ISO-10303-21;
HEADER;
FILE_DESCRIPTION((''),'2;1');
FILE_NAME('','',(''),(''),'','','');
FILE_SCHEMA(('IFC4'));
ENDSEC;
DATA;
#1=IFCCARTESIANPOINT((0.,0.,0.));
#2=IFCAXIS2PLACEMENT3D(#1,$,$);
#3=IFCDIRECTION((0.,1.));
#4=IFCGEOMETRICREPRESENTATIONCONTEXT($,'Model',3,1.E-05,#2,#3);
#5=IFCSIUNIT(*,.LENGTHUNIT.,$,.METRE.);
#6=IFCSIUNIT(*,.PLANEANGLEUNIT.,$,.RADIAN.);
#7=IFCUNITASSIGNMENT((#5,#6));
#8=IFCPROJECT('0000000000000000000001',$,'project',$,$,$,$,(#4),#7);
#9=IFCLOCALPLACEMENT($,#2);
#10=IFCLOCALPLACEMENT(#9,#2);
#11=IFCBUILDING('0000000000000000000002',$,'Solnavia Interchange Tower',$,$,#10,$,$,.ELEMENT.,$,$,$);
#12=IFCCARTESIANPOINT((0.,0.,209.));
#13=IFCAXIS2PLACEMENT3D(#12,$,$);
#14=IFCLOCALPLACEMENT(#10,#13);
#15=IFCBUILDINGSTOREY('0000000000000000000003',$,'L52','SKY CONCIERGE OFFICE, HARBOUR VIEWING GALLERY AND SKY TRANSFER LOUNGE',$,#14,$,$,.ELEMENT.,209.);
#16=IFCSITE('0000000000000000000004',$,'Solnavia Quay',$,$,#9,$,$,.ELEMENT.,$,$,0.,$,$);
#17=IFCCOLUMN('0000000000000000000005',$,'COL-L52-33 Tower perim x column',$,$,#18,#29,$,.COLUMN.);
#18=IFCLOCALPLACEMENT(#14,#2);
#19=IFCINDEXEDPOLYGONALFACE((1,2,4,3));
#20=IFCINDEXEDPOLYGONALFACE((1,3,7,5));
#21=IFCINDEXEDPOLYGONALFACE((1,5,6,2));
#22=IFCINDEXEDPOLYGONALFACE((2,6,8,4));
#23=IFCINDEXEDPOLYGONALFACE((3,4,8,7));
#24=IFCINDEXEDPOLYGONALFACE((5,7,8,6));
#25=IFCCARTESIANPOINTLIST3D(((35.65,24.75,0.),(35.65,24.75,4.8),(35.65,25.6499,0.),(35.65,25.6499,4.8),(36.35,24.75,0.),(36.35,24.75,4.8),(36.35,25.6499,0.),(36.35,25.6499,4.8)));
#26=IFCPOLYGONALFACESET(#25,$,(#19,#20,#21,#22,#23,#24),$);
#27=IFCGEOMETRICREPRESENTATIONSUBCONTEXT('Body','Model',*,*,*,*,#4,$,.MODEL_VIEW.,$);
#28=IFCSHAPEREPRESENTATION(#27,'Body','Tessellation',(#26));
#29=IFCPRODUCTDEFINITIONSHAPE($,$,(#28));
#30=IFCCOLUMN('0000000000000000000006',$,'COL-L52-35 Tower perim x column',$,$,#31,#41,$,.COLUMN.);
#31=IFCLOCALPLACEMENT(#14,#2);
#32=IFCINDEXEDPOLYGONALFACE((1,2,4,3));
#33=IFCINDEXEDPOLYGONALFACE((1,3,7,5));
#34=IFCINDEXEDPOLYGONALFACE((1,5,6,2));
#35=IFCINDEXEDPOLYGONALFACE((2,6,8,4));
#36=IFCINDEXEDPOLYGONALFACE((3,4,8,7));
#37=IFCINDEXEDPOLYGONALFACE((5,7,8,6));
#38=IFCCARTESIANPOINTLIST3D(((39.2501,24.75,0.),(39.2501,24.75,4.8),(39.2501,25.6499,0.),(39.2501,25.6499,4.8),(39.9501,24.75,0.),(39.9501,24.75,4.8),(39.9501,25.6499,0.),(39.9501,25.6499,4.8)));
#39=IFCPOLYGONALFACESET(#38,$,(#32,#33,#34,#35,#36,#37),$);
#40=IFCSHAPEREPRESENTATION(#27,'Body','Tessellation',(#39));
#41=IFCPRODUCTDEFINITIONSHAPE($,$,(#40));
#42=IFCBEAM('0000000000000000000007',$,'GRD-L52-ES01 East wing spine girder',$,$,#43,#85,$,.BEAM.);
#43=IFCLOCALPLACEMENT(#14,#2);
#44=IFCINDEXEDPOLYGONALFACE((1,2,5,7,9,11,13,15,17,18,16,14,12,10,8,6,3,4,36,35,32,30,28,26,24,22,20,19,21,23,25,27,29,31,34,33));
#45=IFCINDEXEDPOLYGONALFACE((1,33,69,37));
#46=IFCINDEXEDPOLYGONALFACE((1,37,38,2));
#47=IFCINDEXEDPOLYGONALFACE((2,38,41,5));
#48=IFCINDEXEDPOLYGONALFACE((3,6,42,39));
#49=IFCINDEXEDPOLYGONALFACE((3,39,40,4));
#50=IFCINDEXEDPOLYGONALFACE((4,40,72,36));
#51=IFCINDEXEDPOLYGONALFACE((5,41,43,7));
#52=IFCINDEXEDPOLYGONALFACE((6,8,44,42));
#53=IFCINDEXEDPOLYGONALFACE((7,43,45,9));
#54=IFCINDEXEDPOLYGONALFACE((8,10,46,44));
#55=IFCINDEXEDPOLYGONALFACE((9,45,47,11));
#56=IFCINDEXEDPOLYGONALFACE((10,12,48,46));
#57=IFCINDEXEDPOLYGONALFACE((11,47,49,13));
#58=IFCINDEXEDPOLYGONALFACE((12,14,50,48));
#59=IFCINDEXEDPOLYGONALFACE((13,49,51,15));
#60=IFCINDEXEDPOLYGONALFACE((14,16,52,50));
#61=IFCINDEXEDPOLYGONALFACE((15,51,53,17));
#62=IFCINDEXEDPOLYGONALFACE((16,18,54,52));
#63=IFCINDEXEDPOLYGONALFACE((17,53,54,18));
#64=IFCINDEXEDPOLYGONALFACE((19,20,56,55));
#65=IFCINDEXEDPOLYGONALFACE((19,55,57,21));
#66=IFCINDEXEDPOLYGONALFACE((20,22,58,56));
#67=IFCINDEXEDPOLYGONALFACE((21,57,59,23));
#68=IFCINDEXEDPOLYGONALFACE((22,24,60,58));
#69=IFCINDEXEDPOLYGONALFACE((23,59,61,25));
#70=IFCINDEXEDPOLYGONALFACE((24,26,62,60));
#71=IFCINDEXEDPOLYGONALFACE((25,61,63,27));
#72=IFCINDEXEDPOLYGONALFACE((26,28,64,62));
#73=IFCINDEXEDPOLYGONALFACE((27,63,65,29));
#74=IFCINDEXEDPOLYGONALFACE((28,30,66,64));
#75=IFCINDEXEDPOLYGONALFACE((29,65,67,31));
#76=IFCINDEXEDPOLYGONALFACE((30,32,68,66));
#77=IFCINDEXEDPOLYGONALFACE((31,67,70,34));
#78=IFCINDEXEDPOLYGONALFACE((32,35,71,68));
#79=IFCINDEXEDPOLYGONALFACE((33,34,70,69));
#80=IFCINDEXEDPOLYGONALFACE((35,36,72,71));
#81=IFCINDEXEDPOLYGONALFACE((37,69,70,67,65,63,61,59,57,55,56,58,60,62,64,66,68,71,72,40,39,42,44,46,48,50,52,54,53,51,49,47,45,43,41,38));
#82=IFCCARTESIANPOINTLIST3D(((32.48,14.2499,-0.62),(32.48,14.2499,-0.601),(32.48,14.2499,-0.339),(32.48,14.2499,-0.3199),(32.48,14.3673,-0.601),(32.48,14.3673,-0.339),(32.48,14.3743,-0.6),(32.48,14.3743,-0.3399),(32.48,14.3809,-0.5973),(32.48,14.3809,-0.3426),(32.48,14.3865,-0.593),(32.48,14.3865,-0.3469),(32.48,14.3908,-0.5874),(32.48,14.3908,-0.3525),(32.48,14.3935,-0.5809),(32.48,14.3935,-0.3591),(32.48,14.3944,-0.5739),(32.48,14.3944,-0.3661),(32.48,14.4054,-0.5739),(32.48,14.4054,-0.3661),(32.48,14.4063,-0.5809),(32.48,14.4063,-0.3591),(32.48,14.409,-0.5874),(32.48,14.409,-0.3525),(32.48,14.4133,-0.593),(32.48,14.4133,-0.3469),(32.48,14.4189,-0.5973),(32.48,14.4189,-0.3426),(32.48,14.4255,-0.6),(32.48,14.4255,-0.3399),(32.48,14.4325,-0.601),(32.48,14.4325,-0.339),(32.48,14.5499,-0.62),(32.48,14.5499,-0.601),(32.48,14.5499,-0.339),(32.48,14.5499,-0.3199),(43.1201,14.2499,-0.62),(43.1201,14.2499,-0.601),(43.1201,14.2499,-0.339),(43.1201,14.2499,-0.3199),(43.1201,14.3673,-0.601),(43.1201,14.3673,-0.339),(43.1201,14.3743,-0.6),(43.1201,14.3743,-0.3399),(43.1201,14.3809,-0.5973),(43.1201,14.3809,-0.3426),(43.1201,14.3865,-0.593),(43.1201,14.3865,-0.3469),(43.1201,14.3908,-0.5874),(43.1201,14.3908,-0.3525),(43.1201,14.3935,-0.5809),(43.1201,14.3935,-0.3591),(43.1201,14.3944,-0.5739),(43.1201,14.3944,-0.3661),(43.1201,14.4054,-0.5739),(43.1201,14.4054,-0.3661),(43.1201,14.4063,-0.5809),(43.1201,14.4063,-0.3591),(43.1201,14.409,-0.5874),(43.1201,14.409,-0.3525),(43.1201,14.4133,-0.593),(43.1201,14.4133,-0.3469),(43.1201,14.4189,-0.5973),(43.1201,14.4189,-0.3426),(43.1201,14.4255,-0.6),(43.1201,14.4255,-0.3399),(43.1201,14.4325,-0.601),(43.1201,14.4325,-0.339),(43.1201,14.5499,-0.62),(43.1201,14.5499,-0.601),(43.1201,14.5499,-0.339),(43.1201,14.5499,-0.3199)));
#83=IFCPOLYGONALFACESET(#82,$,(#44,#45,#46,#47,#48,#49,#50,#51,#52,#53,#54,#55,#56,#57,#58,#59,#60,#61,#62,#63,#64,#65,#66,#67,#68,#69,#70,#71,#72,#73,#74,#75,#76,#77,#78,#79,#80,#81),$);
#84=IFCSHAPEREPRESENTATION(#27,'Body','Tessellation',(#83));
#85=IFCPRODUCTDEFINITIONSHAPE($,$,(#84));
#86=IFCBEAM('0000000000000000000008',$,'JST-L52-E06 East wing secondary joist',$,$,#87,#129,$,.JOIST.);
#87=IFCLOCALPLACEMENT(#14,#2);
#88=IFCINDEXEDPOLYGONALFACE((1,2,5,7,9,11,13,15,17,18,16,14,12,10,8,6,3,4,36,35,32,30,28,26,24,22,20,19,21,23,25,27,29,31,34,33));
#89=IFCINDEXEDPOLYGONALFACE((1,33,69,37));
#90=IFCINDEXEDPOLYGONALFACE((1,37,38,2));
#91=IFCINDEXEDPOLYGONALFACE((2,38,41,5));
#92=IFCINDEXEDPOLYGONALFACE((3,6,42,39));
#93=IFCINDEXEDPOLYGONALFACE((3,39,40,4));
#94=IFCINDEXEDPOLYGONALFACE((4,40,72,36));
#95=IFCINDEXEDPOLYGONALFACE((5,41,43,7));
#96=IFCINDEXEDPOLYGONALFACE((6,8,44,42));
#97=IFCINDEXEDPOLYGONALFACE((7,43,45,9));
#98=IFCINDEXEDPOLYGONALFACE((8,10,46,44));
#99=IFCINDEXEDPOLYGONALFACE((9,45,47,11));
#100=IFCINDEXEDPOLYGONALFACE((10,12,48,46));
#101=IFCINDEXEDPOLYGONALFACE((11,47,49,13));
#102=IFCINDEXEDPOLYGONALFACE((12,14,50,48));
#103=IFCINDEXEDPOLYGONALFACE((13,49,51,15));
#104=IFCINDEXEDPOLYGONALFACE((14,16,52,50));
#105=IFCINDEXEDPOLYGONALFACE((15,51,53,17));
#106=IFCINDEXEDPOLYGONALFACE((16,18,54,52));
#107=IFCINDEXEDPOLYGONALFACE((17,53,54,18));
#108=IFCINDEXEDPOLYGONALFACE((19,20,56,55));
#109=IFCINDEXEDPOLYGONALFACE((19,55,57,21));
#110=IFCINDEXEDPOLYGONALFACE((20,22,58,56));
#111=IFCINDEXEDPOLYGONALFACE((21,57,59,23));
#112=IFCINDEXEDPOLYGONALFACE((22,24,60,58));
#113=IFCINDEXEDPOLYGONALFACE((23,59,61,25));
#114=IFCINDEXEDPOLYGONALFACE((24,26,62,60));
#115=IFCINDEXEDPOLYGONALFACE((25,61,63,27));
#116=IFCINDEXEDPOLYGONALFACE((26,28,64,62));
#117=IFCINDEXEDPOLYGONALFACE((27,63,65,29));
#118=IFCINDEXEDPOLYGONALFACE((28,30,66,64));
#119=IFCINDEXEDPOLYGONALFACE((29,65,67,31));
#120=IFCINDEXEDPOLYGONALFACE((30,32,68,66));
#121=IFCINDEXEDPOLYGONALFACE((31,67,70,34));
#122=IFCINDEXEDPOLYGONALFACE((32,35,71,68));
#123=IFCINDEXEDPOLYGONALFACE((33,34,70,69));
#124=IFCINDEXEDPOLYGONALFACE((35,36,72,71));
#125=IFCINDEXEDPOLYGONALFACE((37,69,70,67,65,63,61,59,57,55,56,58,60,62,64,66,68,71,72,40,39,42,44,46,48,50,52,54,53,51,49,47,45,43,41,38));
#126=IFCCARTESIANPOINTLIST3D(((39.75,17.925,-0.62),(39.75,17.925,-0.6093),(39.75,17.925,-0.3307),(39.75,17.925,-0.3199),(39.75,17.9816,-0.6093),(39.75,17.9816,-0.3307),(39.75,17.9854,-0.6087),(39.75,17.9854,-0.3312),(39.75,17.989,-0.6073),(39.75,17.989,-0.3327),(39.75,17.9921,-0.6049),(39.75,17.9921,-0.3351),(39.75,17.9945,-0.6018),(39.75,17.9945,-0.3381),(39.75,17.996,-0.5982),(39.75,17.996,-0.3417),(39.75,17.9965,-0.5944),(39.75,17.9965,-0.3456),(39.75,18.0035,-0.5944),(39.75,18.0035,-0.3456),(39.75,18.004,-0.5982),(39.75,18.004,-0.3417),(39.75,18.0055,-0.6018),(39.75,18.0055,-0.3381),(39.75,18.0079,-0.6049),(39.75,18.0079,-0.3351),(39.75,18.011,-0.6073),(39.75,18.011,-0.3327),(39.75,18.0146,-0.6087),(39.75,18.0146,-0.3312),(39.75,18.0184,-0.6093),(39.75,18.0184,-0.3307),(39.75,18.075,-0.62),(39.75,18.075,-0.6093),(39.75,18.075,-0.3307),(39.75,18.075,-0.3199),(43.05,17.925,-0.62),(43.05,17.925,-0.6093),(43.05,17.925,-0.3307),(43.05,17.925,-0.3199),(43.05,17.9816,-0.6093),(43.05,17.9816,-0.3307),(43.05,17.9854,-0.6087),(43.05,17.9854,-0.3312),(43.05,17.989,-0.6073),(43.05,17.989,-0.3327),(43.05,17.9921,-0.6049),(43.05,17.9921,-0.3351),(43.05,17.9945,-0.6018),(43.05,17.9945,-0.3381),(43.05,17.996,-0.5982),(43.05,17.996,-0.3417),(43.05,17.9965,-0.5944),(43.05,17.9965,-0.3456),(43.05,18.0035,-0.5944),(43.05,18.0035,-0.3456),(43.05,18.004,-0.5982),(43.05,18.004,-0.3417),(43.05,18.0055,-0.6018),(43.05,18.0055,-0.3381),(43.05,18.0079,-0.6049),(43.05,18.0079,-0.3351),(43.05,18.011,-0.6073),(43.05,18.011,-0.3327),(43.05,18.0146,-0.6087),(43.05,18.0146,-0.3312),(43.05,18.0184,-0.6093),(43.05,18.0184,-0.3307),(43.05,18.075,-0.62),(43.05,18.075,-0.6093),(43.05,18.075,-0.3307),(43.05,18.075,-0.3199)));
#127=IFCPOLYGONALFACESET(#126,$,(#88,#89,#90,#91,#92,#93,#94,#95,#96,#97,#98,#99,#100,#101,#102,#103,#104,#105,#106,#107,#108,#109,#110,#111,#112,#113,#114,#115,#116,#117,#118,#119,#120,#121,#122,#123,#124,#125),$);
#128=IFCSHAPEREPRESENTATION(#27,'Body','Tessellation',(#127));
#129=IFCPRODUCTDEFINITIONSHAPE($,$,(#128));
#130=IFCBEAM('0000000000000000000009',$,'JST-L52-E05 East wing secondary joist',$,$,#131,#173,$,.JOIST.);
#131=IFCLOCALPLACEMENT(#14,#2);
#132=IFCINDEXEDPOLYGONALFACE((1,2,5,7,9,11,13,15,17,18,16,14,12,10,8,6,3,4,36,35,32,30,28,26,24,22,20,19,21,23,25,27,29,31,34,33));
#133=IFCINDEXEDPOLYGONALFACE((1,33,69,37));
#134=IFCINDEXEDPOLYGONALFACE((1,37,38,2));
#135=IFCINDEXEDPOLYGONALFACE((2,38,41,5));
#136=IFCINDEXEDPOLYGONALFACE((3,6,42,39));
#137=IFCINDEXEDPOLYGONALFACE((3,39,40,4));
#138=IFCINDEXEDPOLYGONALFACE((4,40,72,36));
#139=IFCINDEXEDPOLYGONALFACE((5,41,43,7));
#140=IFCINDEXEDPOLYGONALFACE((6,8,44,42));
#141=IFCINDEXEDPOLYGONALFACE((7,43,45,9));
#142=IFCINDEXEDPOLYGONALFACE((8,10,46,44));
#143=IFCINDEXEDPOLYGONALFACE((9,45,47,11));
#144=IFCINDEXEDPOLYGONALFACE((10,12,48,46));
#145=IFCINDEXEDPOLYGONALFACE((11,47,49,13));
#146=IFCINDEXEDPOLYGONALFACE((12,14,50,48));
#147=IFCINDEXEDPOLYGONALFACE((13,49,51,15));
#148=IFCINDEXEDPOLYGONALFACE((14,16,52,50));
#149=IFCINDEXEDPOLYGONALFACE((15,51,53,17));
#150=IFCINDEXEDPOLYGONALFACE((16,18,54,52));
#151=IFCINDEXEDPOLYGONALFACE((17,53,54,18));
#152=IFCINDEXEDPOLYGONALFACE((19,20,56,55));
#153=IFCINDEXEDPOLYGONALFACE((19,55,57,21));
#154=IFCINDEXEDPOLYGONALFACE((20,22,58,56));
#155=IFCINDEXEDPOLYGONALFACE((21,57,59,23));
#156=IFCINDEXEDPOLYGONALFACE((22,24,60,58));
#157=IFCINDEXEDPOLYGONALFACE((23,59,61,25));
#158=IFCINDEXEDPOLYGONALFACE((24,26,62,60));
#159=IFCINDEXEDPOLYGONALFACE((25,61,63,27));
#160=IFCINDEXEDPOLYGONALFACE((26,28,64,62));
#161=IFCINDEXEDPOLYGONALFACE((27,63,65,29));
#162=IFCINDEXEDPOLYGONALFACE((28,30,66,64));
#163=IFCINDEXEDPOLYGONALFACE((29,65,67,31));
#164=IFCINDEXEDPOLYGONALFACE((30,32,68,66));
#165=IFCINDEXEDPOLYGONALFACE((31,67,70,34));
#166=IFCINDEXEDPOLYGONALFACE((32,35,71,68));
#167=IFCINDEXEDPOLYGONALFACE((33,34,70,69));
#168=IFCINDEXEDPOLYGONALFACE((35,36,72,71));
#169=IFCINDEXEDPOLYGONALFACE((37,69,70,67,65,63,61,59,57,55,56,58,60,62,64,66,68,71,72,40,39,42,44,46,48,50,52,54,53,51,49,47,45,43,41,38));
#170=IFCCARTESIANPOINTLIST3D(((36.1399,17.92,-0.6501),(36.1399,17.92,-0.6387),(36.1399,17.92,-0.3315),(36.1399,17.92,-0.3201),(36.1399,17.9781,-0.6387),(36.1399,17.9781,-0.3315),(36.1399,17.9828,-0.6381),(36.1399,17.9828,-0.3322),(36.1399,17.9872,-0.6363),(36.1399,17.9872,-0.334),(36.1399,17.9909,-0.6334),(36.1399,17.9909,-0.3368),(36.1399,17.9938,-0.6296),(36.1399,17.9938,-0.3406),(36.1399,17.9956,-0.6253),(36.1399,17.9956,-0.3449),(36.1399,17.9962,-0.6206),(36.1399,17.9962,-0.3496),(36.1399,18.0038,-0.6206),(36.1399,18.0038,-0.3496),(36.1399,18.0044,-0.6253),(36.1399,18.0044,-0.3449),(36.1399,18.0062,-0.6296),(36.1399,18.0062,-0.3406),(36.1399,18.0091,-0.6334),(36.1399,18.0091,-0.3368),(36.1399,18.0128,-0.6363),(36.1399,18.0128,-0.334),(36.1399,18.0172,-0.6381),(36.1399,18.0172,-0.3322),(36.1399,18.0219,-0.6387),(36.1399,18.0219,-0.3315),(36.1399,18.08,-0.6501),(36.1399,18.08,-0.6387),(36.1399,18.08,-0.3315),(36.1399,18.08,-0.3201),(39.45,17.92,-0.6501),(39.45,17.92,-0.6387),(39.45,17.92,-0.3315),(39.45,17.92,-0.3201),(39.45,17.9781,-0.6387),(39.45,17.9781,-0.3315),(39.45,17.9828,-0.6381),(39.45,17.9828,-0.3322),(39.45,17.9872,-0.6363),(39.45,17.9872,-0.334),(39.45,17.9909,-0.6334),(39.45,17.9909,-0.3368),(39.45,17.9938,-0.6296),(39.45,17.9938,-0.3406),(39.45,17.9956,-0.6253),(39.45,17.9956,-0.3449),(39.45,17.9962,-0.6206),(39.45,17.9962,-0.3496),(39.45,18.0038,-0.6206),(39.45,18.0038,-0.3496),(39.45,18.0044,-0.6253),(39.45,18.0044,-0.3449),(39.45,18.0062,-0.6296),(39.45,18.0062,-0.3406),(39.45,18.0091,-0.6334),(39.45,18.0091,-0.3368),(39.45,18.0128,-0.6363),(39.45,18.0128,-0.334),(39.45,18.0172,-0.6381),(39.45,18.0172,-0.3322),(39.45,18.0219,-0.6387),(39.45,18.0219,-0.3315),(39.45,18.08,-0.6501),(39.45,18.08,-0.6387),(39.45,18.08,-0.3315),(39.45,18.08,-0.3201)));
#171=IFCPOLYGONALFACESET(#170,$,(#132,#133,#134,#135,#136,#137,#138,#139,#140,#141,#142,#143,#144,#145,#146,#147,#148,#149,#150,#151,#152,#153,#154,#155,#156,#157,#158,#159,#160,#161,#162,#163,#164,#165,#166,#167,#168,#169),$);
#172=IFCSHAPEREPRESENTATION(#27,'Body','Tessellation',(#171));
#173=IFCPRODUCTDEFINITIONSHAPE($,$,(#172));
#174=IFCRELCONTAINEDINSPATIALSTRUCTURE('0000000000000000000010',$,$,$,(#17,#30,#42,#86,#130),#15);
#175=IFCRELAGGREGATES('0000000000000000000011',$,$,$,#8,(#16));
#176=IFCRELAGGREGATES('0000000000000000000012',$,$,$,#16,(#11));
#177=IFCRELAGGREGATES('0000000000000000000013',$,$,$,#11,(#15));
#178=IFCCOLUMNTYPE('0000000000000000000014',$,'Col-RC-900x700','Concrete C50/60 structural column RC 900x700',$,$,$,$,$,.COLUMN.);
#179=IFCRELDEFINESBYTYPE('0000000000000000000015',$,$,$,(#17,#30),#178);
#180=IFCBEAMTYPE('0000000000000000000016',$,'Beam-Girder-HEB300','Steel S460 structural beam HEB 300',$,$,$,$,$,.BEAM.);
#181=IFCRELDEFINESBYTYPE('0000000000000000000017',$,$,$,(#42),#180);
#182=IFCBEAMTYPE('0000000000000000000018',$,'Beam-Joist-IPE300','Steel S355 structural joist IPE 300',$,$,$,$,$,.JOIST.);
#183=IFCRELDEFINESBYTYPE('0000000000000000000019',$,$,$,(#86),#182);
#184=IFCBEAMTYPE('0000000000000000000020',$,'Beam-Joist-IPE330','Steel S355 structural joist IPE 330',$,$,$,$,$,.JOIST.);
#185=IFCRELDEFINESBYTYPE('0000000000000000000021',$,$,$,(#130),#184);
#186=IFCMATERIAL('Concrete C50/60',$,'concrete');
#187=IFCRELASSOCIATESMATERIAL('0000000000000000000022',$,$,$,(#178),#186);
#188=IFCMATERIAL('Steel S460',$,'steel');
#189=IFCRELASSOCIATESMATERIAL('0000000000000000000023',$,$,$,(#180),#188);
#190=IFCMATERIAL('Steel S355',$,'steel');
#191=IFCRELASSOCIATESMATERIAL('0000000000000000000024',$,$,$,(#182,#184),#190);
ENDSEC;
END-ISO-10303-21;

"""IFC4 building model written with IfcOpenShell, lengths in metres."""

from ifc_helpers import new_model, si_unit, direction, frame, origin, origin_2d, place, context, subcontext, project, spatial, rectangle, i_section, extrude, material, material_profile, profile_set, type_object, element, save


model = new_model("IFC4")

# Units and contexts
model_context = context("Model", 3, precision=1e-05, world=origin(), true_north=direction((0.0, 1.0)))
body_context = subcontext(model_context, "Body", "Model", "MODEL_VIEW")
ifc_project = project(units=[si_unit("LENGTHUNIT", "METRE"), si_unit("PLANEANGLEUNIT", "RADIAN")], contexts=[model_context])

# Site, building, storey
site_placement = place(None, origin())
site = spatial("IfcSite", under=ifc_project, at=site_placement, Name="Solnavia Quay", CompositionType="ELEMENT", RefElevation=0.0)
building_placement = place(site_placement, origin())
building = spatial("IfcBuilding", under=site, at=building_placement, Name="Solnavia Interchange Tower", CompositionType="ELEMENT")
storey_placement = place(building_placement, frame((0.0, 0.0, 209.0)))
storey = spatial("IfcBuildingStorey", under=building, at=storey_placement, Name="L52", Description="SKY CONCIERGE OFFICE, HARBOUR VIEWING GALLERY AND SKY TRANSFER LOUNGE", CompositionType="ELEMENT", Elevation=209.0)

# Columns
ifc_material_1 = material(Name="Concrete C50/60", Category="concrete")
ifc_material_profile_1 = material_profile(ifc_material_1, rectangle(XDim=0.7, YDim=0.8999, at=origin_2d()), Name="RC 900x700")
ifc_profile_set_1 = profile_set([ifc_material_profile_1], Name="Concrete C50/60")
column_type = type_object("IfcColumnType", Name="Col-RC-900x700", Description="Concrete C50/60 structural column RC 900x700", PredefinedType="COLUMN", material=ifc_profile_set_1)
for number, where, z_axis, x_axis, name in (
    (1, (36.0, 25.2, 0.0), (0.0, 0.0, 1.0), (1.0, 0.0, 0.0), "COL-L52-33 Tower perim x column"),
    (2, (39.6001, 25.2, 0.0), (0.0, 0.0, 1.0), (1.0, 0.0, 0.0), "COL-L52-35 Tower perim x column"),
):
    element("IfcColumn", number, at=place(storey_placement, frame(where, z_axis=z_axis, x_axis=x_axis)), inside=storey, type_object=column_type, Name=name, PredefinedType="COLUMN", context=body_context, shape_type="SweptSolid", body=[
        extrude(rectangle(XDim=0.7, YDim=0.8999, at=origin_2d()), origin(), (0.0, 0.0, 1.0), 4.8),
    ])

# Beams
ifc_material_2 = material(Name="Steel S460", Category="steel")
ifc_material_profile_2 = material_profile(ifc_material_2, i_section(OverallWidth=0.3, OverallDepth=0.3, WebThickness=0.011, FlangeThickness=0.019, FilletRadius=0.0271, at=origin_2d()), Name="HEB 300")
ifc_profile_set_2 = profile_set([ifc_material_profile_2], Name="Steel S460")
beam_type_1 = type_object("IfcBeamType", Name="Beam-Girder-HEB300", Description="Steel S460 structural beam HEB 300", PredefinedType="BEAM", material=ifc_profile_set_2)
beam_1_placement = place(storey_placement, frame((32.48, 14.3999, -0.47), z_axis=(1.0, 0.0, 0.0), x_axis=(0.0, 1.0, 0.0)))
element("IfcBeam", 3, at=beam_1_placement, inside=storey, type_object=beam_type_1, Name="GRD-L52-ES01 East wing spine girder", PredefinedType="BEAM", context=body_context, shape_type="SweptSolid", body=[
    extrude(i_section(OverallWidth=0.3, OverallDepth=0.3, WebThickness=0.011, FlangeThickness=0.019, FilletRadius=0.0271, at=origin_2d()), origin(), (0.0, 0.0, 1.0), 10.6401),
])
ifc_material_3 = material(Name="Steel S355", Category="steel")
ifc_material_profile_3 = material_profile(ifc_material_3, i_section(OverallWidth=0.1499, OverallDepth=0.3, WebThickness=0.0071, FlangeThickness=0.0107, FilletRadius=0.0149, at=origin_2d()), Name="IPE 300")
ifc_profile_set_3 = profile_set([ifc_material_profile_3], Name="Steel S355")
beam_type_2 = type_object("IfcBeamType", Name="Beam-Joist-IPE300", Description="Steel S355 structural joist IPE 300", PredefinedType="JOIST", material=ifc_profile_set_3)
beam_2_placement = place(storey_placement, frame((39.75, 18.0, -0.47), z_axis=(1.0, 0.0, 0.0), x_axis=(0.0, 1.0, 0.0)))
element("IfcBeam", 4, at=beam_2_placement, inside=storey, type_object=beam_type_2, Name="JST-L52-E06 East wing secondary joist", PredefinedType="JOIST", context=body_context, shape_type="SweptSolid", body=[
    extrude(i_section(OverallWidth=0.1499, OverallDepth=0.3, WebThickness=0.0071, FlangeThickness=0.0107, FilletRadius=0.0149, at=origin_2d()), origin(), (0.0, 0.0, 1.0), 3.3),
])
ifc_material_profile_4 = material_profile(ifc_material_3, i_section(OverallWidth=0.1599, OverallDepth=0.3301, WebThickness=0.0076, FlangeThickness=0.0115, FilletRadius=0.0181, at=origin_2d()), Name="IPE 330")
ifc_profile_set_4 = profile_set([ifc_material_profile_4], Name="Steel S355")
beam_type_3 = type_object("IfcBeamType", Name="Beam-Joist-IPE330", Description="Steel S355 structural joist IPE 330", PredefinedType="JOIST", material=ifc_profile_set_4)
beam_3_placement = place(storey_placement, frame((36.1399, 18.0, -0.4851), z_axis=(1.0, 0.0, 0.0), x_axis=(0.0, 1.0, 0.0)))
element("IfcBeam", 5, at=beam_3_placement, inside=storey, type_object=beam_type_3, Name="JST-L52-E05 East wing secondary joist", PredefinedType="JOIST", context=body_context, shape_type="SweptSolid", body=[
    extrude(i_section(OverallWidth=0.1599, OverallDepth=0.3301, WebThickness=0.0076, FlangeThickness=0.0115, FilletRadius=0.0181, at=origin_2d()), origin(), (0.0, 0.0, 1.0), 3.3101),
])

save(model, "model.ifc")
